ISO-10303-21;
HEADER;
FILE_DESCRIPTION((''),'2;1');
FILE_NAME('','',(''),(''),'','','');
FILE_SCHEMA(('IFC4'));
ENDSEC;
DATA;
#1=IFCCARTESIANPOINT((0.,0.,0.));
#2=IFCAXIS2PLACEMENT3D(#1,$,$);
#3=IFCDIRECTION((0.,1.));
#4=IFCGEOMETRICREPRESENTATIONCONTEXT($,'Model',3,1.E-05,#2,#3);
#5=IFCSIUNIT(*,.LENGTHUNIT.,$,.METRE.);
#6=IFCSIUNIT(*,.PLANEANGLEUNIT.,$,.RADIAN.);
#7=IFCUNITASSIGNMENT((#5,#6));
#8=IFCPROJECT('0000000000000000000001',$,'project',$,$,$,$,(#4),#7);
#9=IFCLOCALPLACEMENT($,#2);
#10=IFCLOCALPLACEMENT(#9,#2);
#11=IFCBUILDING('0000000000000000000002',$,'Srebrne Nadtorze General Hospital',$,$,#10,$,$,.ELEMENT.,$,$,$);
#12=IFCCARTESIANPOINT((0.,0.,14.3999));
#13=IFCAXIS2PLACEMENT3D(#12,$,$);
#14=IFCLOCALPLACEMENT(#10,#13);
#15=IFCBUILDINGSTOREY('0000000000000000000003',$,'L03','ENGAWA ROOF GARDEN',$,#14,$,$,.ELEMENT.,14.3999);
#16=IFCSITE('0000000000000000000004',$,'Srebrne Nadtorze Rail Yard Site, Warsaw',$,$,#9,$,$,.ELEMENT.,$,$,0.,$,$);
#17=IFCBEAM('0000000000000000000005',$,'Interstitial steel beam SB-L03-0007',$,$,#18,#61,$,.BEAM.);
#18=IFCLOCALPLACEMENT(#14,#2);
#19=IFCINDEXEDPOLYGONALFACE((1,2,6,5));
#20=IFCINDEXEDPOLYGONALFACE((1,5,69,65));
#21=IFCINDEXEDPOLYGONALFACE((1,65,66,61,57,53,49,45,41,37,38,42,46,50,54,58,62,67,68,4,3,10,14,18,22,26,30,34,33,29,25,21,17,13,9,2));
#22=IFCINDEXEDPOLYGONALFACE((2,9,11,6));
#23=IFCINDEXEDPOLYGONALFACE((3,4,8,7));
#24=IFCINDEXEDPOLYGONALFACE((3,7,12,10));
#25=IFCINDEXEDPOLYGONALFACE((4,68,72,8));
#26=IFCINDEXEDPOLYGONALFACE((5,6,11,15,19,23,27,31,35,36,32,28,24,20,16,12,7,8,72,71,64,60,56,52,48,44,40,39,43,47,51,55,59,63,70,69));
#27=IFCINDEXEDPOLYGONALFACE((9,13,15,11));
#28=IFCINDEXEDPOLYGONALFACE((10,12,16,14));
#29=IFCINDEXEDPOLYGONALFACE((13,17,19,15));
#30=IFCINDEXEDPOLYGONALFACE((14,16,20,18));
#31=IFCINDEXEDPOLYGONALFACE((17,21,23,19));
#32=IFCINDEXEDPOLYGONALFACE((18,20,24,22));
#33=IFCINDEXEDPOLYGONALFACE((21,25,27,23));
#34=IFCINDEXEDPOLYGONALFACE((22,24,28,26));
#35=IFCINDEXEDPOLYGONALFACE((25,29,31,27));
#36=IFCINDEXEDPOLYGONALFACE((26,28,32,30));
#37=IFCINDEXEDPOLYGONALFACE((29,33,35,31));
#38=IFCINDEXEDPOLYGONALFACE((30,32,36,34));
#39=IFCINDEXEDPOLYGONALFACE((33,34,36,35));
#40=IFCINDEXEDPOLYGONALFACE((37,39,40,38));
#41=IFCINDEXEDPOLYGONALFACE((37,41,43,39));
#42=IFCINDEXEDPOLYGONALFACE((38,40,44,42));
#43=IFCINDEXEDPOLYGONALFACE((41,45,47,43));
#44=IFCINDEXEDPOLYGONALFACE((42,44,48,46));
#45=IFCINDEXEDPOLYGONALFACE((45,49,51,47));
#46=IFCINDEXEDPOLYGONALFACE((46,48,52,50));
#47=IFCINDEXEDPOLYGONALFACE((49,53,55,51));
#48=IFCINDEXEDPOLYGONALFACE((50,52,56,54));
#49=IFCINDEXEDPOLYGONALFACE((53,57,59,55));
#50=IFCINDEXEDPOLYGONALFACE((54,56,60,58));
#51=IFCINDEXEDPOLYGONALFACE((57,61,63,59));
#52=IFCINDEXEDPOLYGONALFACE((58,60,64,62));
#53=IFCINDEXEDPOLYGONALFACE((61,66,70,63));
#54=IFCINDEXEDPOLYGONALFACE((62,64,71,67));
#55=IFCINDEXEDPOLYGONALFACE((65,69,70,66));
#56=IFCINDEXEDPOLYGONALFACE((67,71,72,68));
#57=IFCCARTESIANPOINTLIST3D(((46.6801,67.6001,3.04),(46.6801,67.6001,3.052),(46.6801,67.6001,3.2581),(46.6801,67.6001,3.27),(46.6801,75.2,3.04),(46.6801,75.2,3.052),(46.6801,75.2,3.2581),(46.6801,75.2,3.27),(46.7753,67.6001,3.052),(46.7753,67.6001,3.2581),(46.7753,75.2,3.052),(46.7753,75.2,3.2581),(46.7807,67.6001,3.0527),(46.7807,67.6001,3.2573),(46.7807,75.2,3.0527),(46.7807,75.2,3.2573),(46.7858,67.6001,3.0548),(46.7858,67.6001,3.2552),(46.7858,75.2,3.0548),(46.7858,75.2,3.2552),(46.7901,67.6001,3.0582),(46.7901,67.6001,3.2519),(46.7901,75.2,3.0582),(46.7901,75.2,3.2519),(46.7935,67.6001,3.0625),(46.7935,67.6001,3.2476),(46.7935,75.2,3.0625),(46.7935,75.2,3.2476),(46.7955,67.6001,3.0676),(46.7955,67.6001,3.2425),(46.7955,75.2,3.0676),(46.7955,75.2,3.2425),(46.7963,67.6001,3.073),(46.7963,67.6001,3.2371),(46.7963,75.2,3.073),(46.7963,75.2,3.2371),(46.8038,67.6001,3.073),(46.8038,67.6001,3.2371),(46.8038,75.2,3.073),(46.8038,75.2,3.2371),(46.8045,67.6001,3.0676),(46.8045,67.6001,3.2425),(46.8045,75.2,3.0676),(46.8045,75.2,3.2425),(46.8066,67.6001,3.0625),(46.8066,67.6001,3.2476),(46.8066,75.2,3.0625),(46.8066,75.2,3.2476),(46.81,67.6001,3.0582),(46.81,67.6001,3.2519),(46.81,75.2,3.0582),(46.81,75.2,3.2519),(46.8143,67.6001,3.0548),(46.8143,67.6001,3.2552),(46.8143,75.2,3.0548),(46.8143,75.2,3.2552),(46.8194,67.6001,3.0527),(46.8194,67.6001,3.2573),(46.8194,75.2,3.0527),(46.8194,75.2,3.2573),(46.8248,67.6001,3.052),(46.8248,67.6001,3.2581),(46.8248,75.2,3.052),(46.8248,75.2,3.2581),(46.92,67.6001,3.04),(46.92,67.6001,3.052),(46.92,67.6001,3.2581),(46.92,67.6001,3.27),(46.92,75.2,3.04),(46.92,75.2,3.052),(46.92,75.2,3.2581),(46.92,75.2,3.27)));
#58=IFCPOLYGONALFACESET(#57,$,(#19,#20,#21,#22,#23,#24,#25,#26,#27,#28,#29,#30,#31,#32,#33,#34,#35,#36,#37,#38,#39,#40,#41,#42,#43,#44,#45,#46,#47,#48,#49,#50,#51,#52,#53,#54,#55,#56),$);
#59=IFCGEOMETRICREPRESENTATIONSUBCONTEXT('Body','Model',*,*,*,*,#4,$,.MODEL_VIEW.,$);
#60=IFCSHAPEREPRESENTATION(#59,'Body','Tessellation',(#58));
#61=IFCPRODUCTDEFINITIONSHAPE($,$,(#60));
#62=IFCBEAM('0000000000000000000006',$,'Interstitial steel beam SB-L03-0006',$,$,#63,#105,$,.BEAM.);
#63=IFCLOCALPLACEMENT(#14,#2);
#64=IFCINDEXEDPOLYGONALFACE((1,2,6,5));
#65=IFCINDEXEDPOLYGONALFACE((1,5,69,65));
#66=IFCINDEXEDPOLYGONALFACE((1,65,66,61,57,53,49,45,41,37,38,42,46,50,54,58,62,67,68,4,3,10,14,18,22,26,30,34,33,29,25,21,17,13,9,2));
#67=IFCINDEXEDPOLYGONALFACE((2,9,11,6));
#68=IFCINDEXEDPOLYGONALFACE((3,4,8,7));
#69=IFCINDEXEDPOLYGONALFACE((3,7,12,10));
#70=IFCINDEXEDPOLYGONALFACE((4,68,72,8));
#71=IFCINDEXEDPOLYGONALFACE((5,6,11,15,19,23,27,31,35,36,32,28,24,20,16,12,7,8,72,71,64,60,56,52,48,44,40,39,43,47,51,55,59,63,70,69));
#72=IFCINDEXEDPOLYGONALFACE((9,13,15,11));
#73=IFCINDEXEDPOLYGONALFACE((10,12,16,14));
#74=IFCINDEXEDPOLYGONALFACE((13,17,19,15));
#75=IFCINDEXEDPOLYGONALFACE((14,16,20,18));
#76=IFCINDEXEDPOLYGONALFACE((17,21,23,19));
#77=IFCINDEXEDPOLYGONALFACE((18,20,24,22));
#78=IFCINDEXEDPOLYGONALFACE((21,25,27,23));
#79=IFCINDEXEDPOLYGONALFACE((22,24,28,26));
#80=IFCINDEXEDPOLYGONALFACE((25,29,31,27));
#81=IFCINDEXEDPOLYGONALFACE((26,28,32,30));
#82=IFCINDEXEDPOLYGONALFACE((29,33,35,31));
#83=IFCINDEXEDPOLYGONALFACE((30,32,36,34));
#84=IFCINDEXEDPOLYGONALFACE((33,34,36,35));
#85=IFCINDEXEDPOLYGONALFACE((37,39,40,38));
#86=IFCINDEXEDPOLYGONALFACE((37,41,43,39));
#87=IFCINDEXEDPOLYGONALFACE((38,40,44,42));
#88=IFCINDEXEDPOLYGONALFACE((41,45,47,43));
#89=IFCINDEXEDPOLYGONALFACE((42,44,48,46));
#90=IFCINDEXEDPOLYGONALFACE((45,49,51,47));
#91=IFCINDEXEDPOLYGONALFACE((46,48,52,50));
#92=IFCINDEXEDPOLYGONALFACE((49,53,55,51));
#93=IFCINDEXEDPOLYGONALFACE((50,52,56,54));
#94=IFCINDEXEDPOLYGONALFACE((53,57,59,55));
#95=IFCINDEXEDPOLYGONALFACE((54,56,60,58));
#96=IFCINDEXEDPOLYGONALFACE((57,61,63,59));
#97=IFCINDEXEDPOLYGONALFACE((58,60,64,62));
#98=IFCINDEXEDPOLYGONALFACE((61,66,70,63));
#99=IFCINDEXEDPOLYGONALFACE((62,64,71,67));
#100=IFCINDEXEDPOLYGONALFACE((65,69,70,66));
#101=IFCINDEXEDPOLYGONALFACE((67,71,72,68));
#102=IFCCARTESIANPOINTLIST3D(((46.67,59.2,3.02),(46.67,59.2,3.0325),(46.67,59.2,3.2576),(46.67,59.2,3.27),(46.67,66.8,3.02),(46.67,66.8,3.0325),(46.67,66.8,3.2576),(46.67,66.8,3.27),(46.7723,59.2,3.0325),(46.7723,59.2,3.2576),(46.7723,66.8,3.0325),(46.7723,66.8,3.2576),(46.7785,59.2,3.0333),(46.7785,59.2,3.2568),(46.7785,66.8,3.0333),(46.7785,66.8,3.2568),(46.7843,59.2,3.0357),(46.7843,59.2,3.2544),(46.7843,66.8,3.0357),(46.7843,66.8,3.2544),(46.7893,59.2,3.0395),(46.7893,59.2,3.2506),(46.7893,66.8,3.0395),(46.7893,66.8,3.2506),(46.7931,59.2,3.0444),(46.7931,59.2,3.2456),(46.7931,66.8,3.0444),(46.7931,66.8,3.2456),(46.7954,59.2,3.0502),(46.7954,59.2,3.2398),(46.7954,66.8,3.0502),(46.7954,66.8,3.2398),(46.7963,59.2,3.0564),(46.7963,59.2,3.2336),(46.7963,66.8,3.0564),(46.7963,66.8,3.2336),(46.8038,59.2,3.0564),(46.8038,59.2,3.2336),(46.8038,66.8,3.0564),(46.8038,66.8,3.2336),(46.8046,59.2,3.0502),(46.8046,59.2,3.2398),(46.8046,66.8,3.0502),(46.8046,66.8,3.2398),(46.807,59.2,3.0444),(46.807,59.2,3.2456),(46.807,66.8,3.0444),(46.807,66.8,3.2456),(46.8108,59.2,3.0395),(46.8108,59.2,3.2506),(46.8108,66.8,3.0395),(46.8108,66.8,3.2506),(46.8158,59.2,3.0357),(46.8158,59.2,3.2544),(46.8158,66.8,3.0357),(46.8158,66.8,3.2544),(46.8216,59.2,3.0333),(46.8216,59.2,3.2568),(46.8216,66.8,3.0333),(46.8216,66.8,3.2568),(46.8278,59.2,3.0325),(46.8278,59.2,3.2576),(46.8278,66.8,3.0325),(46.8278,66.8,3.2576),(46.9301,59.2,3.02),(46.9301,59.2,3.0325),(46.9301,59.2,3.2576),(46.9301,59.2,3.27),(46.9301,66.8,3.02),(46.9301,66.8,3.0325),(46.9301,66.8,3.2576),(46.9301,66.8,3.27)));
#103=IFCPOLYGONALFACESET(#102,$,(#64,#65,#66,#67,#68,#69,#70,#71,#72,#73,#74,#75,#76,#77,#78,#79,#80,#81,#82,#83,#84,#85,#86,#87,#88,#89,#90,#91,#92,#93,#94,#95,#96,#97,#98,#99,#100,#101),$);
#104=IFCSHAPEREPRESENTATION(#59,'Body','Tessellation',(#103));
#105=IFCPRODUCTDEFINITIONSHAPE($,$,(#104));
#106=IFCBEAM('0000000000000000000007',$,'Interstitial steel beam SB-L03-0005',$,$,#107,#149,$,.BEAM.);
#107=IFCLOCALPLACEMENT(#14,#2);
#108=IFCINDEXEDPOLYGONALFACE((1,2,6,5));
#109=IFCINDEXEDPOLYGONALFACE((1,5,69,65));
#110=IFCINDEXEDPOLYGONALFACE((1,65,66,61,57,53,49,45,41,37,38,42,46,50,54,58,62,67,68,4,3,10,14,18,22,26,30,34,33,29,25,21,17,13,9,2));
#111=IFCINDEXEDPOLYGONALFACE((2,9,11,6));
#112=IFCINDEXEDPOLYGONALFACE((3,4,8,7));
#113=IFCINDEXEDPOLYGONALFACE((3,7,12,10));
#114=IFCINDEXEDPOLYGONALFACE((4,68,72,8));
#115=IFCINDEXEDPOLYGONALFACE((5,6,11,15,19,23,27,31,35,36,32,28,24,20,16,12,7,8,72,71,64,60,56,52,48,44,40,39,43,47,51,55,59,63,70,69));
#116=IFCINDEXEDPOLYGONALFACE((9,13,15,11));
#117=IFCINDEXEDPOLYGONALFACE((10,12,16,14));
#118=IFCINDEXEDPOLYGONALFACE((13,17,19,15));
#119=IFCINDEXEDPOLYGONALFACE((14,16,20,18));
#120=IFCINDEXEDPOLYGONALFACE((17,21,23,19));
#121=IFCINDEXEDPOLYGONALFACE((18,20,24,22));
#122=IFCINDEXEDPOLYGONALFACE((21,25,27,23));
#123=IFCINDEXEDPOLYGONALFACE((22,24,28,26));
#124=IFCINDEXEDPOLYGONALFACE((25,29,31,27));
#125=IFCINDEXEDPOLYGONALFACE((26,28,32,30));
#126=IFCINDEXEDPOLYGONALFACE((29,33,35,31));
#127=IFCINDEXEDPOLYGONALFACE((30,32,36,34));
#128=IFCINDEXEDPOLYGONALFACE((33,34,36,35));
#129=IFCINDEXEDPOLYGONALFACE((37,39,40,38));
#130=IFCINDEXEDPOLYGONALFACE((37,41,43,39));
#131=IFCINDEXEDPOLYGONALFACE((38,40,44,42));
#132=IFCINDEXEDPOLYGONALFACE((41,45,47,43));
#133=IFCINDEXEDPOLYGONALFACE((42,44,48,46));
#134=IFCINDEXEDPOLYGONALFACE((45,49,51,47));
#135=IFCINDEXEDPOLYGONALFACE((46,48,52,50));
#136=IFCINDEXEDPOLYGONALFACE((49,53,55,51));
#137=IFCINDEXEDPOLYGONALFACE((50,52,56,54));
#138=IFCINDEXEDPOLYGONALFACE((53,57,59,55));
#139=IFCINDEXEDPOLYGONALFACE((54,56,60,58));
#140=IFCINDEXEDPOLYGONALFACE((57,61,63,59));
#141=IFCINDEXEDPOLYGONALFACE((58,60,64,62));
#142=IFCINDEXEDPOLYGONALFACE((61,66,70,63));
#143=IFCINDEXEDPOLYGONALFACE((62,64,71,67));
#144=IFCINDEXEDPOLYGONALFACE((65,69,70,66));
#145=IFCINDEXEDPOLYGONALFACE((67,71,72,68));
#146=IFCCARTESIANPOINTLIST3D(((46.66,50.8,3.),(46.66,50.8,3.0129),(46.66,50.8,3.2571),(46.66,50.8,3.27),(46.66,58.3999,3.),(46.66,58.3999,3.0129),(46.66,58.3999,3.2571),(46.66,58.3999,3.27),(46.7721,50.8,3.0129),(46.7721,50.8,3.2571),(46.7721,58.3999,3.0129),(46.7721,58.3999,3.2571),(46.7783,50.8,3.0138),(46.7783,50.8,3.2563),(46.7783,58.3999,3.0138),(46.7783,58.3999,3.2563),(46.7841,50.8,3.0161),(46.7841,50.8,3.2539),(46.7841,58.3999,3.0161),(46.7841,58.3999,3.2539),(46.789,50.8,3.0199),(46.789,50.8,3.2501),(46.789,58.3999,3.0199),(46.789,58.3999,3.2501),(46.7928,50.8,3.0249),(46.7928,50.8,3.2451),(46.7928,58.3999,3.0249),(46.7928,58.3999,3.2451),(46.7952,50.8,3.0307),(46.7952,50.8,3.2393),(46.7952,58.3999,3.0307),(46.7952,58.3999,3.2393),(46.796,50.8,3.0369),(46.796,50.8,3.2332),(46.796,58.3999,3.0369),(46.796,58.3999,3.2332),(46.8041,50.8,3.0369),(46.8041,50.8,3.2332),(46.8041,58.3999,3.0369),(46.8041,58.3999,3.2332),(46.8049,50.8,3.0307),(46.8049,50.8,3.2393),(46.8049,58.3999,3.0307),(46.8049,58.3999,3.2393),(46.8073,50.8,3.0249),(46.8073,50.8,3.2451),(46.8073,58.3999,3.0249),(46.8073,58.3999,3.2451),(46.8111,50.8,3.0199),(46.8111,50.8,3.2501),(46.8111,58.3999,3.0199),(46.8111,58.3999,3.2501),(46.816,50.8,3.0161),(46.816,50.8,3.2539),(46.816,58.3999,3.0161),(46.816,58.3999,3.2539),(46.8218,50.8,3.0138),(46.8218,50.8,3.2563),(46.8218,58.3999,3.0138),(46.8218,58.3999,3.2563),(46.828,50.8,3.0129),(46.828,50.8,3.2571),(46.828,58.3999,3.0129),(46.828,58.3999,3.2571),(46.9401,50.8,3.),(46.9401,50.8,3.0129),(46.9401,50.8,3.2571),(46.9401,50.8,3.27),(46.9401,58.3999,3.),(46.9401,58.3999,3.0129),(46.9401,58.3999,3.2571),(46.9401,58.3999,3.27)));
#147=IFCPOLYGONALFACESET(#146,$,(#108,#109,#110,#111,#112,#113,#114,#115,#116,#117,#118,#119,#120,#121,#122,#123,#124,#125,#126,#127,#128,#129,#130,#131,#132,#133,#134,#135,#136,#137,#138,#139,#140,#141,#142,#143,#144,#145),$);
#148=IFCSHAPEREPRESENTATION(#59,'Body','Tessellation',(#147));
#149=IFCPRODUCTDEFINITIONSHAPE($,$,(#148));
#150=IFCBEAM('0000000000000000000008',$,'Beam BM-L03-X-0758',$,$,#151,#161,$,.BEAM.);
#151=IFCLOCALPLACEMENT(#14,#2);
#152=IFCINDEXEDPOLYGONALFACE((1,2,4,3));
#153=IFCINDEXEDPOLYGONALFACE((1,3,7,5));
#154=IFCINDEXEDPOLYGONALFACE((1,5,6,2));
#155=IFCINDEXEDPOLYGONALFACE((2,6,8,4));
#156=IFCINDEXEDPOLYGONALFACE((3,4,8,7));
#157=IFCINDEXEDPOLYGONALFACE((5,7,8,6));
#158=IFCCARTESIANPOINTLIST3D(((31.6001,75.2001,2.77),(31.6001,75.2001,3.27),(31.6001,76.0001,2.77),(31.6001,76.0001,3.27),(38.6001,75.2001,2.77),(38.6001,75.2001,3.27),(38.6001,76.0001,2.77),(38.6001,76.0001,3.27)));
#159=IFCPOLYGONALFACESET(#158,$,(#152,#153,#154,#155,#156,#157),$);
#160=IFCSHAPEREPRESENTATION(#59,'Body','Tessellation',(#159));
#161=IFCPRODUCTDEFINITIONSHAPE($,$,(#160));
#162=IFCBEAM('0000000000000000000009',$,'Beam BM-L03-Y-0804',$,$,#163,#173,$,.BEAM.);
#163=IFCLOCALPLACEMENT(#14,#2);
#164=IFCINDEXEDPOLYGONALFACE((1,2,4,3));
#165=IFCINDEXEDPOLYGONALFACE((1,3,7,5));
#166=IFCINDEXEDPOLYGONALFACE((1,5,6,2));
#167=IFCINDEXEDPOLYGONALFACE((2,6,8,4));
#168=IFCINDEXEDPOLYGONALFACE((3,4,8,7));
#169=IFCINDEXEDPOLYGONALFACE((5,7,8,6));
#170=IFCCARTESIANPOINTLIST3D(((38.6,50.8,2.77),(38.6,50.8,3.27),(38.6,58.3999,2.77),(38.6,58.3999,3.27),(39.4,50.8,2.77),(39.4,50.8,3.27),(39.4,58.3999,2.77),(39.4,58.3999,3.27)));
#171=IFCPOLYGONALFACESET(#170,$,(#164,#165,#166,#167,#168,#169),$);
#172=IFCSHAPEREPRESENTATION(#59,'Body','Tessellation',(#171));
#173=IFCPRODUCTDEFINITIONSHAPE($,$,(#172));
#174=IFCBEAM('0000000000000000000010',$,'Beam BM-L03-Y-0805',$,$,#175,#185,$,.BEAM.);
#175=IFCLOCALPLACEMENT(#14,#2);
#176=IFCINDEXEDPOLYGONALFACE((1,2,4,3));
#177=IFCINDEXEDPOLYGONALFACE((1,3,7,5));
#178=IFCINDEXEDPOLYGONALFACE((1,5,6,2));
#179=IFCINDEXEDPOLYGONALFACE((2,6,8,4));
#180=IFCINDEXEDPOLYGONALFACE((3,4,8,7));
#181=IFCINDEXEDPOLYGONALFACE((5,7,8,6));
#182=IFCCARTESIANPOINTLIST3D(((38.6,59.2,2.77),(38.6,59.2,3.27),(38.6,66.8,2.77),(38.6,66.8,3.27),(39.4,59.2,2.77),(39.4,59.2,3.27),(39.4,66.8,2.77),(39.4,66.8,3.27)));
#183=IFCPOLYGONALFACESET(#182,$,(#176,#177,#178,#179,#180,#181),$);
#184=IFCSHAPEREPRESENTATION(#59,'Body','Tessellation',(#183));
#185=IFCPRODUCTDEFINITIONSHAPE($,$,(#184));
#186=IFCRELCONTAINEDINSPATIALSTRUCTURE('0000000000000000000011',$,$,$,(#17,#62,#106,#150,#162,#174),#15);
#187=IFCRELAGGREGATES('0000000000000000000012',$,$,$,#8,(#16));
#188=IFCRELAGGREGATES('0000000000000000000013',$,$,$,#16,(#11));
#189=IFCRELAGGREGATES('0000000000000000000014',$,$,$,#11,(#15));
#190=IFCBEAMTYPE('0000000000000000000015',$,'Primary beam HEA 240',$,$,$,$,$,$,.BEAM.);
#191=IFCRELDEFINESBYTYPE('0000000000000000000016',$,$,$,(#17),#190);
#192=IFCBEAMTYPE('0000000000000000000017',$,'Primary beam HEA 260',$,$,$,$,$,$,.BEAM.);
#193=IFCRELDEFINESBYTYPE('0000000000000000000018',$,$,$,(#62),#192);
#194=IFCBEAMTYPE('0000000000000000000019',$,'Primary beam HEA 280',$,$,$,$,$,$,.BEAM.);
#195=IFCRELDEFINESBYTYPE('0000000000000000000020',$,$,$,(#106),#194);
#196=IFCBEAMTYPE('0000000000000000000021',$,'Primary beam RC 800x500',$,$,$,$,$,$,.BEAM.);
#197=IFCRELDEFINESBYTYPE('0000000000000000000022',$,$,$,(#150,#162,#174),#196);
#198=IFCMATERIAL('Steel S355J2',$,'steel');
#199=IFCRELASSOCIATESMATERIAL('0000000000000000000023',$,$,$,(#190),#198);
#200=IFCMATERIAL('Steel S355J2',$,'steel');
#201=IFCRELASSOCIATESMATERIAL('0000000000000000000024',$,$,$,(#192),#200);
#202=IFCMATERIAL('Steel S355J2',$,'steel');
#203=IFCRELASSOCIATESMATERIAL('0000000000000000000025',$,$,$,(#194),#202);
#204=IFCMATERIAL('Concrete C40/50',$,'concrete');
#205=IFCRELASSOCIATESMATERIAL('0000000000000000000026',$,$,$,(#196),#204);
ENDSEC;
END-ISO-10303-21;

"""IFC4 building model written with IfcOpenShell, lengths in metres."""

from ifc_helpers import new_model, si_unit, direction, frame, origin, origin_2d, place, context, subcontext, project, spatial, rectangle, i_section, extrude, material, material_profile, profile_set, type_object, element, save


model = new_model("IFC4")

# Units and contexts
model_context = context("Model", 3, precision=1e-05, world=origin(), true_north=direction((0.0, 1.0)))
body_context = subcontext(model_context, "Body", "Model", "MODEL_VIEW")
ifc_project = project(units=[si_unit("LENGTHUNIT", "METRE"), si_unit("PLANEANGLEUNIT", "RADIAN")], contexts=[model_context])

# Site, building, storey
site_placement = place(None, origin())
site = spatial("IfcSite", under=ifc_project, at=site_placement, Name="Srebrne Nadtorze Rail Yard Site, Warsaw", CompositionType="ELEMENT", RefElevation=0.0)
building_placement = place(site_placement, origin())
building = spatial("IfcBuilding", under=site, at=building_placement, Name="Srebrne Nadtorze General Hospital", CompositionType="ELEMENT")
storey_placement = place(building_placement, frame((0.0, 0.0, 14.3999)))
storey = spatial("IfcBuildingStorey", under=building, at=storey_placement, Name="L03", Description="ENGAWA ROOF GARDEN", CompositionType="ELEMENT", Elevation=14.3999)

# Beams
ifc_material_1 = material(Name="Steel S355J2", Category="steel")
ifc_material_profile_1 = material_profile(ifc_material_1, i_section(OverallWidth=0.24, OverallDepth=0.23, WebThickness=0.0076, FlangeThickness=0.012, FilletRadius=0.021, at=origin_2d()), Name="HEA-240")
ifc_profile_set_1 = profile_set([ifc_material_profile_1], Name="Steel S355J2")
beam_type_1 = type_object("IfcBeamType", Name="Primary beam HEA 240", PredefinedType="BEAM", material=ifc_profile_set_1)
beam_1_placement = place(storey_placement, frame((46.8, 67.6001, 3.155), z_axis=(0.0, 1.0, 0.0), x_axis=(-1.0, 0.0, 0.0)))
element("IfcBeam", 1, at=beam_1_placement, inside=storey, type_object=beam_type_1, Name="Interstitial steel beam SB-L03-0007", PredefinedType="BEAM", context=body_context, shape_type="SweptSolid", body=[
    extrude(i_section(OverallWidth=0.24, OverallDepth=0.23, WebThickness=0.0076, FlangeThickness=0.012, FilletRadius=0.021, at=origin_2d()), origin(), (0.0, 0.0, 1.0), 7.5999),
])
ifc_material_2 = material(Name="Steel S355J2", Category="steel")
ifc_material_profile_2 = material_profile(ifc_material_2, i_section(OverallWidth=0.26, OverallDepth=0.25, WebThickness=0.0076, FlangeThickness=0.0125, FilletRadius=0.0239, at=origin_2d()), Name="HEA-260")
ifc_profile_set_2 = profile_set([ifc_material_profile_2], Name="Steel S355J2")
beam_type_2 = type_object("IfcBeamType", Name="Primary beam HEA 260", PredefinedType="BEAM", material=ifc_profile_set_2)
beam_2_placement = place(storey_placement, frame((46.8, 59.2, 3.145), z_axis=(0.0, 1.0, 0.0), x_axis=(-1.0, 0.0, 0.0)))
element("IfcBeam", 2, at=beam_2_placement, inside=storey, type_object=beam_type_2, Name="Interstitial steel beam SB-L03-0006", PredefinedType="BEAM", context=body_context, shape_type="SweptSolid", body=[
    extrude(i_section(OverallWidth=0.26, OverallDepth=0.25, WebThickness=0.0076, FlangeThickness=0.0125, FilletRadius=0.0239, at=origin_2d()), origin(), (0.0, 0.0, 1.0), 7.6001),
])
ifc_material_3 = material(Name="Steel S355J2", Category="steel")
ifc_material_profile_3 = material_profile(ifc_material_3, i_section(OverallWidth=0.28, OverallDepth=0.27, WebThickness=0.0081, FlangeThickness=0.0129, FilletRadius=0.0239, at=origin_2d()), Name="HEA-280")
ifc_profile_set_3 = profile_set([ifc_material_profile_3], Name="Steel S355J2")
beam_type_3 = type_object("IfcBeamType", Name="Primary beam HEA 280", PredefinedType="BEAM", material=ifc_profile_set_3)
beam_3_placement = place(storey_placement, frame((46.8, 50.8, 3.135), z_axis=(0.0, 1.0, 0.0), x_axis=(-1.0, 0.0, 0.0)))
element("IfcBeam", 3, at=beam_3_placement, inside=storey, type_object=beam_type_3, Name="Interstitial steel beam SB-L03-0005", PredefinedType="BEAM", context=body_context, shape_type="SweptSolid", body=[
    extrude(i_section(OverallWidth=0.28, OverallDepth=0.27, WebThickness=0.0081, FlangeThickness=0.0129, FilletRadius=0.0239, at=origin_2d()), origin(), (0.0, 0.0, 1.0), 7.5999),
])
ifc_material_4 = material(Name="Concrete C40/50", Category="concrete")
ifc_material_profile_4 = material_profile(ifc_material_4, rectangle(XDim=0.8, YDim=0.5, at=origin_2d()), Name="RC-BM-800x500")
ifc_profile_set_4 = profile_set([ifc_material_profile_4], Name="Concrete C40/50")
beam_type_4 = type_object("IfcBeamType", Name="Primary beam RC 800x500", PredefinedType="BEAM", material=ifc_profile_set_4)
beam_4_placement = place(storey_placement, frame((31.6001, 75.6001, 3.02), z_axis=(1.0, 0.0, 0.0), x_axis=(0.0, 1.0, 0.0)))
element("IfcBeam", 4, at=beam_4_placement, inside=storey, type_object=beam_type_4, Name="Beam BM-L03-X-0758", PredefinedType="BEAM", context=body_context, shape_type="SweptSolid", body=[
    extrude(rectangle(XDim=0.8, YDim=0.5, at=origin_2d()), origin(), (0.0, 0.0, 1.0), 7.0),
])
beam_5_placement = place(storey_placement, frame((39.0, 50.8, 3.02), z_axis=(0.0, 1.0, 0.0), x_axis=(-1.0, 0.0, 0.0)))
element("IfcBeam", 5, at=beam_5_placement, inside=storey, type_object=beam_type_4, Name="Beam BM-L03-Y-0804", PredefinedType="BEAM", context=body_context, shape_type="SweptSolid", body=[
    extrude(rectangle(XDim=0.8, YDim=0.5, at=origin_2d()), origin(), (0.0, 0.0, 1.0), 7.5999),
])
beam_6_placement = place(storey_placement, frame((39.0, 59.2, 3.02), z_axis=(0.0, 1.0, 0.0), x_axis=(-1.0, 0.0, 0.0)))
element("IfcBeam", 6, at=beam_6_placement, inside=storey, type_object=beam_type_4, Name="Beam BM-L03-Y-0805", PredefinedType="BEAM", context=body_context, shape_type="SweptSolid", body=[
    extrude(rectangle(XDim=0.8, YDim=0.5, at=origin_2d()), origin(), (0.0, 0.0, 1.0), 7.6001),
])

save(model, "model.ifc")
